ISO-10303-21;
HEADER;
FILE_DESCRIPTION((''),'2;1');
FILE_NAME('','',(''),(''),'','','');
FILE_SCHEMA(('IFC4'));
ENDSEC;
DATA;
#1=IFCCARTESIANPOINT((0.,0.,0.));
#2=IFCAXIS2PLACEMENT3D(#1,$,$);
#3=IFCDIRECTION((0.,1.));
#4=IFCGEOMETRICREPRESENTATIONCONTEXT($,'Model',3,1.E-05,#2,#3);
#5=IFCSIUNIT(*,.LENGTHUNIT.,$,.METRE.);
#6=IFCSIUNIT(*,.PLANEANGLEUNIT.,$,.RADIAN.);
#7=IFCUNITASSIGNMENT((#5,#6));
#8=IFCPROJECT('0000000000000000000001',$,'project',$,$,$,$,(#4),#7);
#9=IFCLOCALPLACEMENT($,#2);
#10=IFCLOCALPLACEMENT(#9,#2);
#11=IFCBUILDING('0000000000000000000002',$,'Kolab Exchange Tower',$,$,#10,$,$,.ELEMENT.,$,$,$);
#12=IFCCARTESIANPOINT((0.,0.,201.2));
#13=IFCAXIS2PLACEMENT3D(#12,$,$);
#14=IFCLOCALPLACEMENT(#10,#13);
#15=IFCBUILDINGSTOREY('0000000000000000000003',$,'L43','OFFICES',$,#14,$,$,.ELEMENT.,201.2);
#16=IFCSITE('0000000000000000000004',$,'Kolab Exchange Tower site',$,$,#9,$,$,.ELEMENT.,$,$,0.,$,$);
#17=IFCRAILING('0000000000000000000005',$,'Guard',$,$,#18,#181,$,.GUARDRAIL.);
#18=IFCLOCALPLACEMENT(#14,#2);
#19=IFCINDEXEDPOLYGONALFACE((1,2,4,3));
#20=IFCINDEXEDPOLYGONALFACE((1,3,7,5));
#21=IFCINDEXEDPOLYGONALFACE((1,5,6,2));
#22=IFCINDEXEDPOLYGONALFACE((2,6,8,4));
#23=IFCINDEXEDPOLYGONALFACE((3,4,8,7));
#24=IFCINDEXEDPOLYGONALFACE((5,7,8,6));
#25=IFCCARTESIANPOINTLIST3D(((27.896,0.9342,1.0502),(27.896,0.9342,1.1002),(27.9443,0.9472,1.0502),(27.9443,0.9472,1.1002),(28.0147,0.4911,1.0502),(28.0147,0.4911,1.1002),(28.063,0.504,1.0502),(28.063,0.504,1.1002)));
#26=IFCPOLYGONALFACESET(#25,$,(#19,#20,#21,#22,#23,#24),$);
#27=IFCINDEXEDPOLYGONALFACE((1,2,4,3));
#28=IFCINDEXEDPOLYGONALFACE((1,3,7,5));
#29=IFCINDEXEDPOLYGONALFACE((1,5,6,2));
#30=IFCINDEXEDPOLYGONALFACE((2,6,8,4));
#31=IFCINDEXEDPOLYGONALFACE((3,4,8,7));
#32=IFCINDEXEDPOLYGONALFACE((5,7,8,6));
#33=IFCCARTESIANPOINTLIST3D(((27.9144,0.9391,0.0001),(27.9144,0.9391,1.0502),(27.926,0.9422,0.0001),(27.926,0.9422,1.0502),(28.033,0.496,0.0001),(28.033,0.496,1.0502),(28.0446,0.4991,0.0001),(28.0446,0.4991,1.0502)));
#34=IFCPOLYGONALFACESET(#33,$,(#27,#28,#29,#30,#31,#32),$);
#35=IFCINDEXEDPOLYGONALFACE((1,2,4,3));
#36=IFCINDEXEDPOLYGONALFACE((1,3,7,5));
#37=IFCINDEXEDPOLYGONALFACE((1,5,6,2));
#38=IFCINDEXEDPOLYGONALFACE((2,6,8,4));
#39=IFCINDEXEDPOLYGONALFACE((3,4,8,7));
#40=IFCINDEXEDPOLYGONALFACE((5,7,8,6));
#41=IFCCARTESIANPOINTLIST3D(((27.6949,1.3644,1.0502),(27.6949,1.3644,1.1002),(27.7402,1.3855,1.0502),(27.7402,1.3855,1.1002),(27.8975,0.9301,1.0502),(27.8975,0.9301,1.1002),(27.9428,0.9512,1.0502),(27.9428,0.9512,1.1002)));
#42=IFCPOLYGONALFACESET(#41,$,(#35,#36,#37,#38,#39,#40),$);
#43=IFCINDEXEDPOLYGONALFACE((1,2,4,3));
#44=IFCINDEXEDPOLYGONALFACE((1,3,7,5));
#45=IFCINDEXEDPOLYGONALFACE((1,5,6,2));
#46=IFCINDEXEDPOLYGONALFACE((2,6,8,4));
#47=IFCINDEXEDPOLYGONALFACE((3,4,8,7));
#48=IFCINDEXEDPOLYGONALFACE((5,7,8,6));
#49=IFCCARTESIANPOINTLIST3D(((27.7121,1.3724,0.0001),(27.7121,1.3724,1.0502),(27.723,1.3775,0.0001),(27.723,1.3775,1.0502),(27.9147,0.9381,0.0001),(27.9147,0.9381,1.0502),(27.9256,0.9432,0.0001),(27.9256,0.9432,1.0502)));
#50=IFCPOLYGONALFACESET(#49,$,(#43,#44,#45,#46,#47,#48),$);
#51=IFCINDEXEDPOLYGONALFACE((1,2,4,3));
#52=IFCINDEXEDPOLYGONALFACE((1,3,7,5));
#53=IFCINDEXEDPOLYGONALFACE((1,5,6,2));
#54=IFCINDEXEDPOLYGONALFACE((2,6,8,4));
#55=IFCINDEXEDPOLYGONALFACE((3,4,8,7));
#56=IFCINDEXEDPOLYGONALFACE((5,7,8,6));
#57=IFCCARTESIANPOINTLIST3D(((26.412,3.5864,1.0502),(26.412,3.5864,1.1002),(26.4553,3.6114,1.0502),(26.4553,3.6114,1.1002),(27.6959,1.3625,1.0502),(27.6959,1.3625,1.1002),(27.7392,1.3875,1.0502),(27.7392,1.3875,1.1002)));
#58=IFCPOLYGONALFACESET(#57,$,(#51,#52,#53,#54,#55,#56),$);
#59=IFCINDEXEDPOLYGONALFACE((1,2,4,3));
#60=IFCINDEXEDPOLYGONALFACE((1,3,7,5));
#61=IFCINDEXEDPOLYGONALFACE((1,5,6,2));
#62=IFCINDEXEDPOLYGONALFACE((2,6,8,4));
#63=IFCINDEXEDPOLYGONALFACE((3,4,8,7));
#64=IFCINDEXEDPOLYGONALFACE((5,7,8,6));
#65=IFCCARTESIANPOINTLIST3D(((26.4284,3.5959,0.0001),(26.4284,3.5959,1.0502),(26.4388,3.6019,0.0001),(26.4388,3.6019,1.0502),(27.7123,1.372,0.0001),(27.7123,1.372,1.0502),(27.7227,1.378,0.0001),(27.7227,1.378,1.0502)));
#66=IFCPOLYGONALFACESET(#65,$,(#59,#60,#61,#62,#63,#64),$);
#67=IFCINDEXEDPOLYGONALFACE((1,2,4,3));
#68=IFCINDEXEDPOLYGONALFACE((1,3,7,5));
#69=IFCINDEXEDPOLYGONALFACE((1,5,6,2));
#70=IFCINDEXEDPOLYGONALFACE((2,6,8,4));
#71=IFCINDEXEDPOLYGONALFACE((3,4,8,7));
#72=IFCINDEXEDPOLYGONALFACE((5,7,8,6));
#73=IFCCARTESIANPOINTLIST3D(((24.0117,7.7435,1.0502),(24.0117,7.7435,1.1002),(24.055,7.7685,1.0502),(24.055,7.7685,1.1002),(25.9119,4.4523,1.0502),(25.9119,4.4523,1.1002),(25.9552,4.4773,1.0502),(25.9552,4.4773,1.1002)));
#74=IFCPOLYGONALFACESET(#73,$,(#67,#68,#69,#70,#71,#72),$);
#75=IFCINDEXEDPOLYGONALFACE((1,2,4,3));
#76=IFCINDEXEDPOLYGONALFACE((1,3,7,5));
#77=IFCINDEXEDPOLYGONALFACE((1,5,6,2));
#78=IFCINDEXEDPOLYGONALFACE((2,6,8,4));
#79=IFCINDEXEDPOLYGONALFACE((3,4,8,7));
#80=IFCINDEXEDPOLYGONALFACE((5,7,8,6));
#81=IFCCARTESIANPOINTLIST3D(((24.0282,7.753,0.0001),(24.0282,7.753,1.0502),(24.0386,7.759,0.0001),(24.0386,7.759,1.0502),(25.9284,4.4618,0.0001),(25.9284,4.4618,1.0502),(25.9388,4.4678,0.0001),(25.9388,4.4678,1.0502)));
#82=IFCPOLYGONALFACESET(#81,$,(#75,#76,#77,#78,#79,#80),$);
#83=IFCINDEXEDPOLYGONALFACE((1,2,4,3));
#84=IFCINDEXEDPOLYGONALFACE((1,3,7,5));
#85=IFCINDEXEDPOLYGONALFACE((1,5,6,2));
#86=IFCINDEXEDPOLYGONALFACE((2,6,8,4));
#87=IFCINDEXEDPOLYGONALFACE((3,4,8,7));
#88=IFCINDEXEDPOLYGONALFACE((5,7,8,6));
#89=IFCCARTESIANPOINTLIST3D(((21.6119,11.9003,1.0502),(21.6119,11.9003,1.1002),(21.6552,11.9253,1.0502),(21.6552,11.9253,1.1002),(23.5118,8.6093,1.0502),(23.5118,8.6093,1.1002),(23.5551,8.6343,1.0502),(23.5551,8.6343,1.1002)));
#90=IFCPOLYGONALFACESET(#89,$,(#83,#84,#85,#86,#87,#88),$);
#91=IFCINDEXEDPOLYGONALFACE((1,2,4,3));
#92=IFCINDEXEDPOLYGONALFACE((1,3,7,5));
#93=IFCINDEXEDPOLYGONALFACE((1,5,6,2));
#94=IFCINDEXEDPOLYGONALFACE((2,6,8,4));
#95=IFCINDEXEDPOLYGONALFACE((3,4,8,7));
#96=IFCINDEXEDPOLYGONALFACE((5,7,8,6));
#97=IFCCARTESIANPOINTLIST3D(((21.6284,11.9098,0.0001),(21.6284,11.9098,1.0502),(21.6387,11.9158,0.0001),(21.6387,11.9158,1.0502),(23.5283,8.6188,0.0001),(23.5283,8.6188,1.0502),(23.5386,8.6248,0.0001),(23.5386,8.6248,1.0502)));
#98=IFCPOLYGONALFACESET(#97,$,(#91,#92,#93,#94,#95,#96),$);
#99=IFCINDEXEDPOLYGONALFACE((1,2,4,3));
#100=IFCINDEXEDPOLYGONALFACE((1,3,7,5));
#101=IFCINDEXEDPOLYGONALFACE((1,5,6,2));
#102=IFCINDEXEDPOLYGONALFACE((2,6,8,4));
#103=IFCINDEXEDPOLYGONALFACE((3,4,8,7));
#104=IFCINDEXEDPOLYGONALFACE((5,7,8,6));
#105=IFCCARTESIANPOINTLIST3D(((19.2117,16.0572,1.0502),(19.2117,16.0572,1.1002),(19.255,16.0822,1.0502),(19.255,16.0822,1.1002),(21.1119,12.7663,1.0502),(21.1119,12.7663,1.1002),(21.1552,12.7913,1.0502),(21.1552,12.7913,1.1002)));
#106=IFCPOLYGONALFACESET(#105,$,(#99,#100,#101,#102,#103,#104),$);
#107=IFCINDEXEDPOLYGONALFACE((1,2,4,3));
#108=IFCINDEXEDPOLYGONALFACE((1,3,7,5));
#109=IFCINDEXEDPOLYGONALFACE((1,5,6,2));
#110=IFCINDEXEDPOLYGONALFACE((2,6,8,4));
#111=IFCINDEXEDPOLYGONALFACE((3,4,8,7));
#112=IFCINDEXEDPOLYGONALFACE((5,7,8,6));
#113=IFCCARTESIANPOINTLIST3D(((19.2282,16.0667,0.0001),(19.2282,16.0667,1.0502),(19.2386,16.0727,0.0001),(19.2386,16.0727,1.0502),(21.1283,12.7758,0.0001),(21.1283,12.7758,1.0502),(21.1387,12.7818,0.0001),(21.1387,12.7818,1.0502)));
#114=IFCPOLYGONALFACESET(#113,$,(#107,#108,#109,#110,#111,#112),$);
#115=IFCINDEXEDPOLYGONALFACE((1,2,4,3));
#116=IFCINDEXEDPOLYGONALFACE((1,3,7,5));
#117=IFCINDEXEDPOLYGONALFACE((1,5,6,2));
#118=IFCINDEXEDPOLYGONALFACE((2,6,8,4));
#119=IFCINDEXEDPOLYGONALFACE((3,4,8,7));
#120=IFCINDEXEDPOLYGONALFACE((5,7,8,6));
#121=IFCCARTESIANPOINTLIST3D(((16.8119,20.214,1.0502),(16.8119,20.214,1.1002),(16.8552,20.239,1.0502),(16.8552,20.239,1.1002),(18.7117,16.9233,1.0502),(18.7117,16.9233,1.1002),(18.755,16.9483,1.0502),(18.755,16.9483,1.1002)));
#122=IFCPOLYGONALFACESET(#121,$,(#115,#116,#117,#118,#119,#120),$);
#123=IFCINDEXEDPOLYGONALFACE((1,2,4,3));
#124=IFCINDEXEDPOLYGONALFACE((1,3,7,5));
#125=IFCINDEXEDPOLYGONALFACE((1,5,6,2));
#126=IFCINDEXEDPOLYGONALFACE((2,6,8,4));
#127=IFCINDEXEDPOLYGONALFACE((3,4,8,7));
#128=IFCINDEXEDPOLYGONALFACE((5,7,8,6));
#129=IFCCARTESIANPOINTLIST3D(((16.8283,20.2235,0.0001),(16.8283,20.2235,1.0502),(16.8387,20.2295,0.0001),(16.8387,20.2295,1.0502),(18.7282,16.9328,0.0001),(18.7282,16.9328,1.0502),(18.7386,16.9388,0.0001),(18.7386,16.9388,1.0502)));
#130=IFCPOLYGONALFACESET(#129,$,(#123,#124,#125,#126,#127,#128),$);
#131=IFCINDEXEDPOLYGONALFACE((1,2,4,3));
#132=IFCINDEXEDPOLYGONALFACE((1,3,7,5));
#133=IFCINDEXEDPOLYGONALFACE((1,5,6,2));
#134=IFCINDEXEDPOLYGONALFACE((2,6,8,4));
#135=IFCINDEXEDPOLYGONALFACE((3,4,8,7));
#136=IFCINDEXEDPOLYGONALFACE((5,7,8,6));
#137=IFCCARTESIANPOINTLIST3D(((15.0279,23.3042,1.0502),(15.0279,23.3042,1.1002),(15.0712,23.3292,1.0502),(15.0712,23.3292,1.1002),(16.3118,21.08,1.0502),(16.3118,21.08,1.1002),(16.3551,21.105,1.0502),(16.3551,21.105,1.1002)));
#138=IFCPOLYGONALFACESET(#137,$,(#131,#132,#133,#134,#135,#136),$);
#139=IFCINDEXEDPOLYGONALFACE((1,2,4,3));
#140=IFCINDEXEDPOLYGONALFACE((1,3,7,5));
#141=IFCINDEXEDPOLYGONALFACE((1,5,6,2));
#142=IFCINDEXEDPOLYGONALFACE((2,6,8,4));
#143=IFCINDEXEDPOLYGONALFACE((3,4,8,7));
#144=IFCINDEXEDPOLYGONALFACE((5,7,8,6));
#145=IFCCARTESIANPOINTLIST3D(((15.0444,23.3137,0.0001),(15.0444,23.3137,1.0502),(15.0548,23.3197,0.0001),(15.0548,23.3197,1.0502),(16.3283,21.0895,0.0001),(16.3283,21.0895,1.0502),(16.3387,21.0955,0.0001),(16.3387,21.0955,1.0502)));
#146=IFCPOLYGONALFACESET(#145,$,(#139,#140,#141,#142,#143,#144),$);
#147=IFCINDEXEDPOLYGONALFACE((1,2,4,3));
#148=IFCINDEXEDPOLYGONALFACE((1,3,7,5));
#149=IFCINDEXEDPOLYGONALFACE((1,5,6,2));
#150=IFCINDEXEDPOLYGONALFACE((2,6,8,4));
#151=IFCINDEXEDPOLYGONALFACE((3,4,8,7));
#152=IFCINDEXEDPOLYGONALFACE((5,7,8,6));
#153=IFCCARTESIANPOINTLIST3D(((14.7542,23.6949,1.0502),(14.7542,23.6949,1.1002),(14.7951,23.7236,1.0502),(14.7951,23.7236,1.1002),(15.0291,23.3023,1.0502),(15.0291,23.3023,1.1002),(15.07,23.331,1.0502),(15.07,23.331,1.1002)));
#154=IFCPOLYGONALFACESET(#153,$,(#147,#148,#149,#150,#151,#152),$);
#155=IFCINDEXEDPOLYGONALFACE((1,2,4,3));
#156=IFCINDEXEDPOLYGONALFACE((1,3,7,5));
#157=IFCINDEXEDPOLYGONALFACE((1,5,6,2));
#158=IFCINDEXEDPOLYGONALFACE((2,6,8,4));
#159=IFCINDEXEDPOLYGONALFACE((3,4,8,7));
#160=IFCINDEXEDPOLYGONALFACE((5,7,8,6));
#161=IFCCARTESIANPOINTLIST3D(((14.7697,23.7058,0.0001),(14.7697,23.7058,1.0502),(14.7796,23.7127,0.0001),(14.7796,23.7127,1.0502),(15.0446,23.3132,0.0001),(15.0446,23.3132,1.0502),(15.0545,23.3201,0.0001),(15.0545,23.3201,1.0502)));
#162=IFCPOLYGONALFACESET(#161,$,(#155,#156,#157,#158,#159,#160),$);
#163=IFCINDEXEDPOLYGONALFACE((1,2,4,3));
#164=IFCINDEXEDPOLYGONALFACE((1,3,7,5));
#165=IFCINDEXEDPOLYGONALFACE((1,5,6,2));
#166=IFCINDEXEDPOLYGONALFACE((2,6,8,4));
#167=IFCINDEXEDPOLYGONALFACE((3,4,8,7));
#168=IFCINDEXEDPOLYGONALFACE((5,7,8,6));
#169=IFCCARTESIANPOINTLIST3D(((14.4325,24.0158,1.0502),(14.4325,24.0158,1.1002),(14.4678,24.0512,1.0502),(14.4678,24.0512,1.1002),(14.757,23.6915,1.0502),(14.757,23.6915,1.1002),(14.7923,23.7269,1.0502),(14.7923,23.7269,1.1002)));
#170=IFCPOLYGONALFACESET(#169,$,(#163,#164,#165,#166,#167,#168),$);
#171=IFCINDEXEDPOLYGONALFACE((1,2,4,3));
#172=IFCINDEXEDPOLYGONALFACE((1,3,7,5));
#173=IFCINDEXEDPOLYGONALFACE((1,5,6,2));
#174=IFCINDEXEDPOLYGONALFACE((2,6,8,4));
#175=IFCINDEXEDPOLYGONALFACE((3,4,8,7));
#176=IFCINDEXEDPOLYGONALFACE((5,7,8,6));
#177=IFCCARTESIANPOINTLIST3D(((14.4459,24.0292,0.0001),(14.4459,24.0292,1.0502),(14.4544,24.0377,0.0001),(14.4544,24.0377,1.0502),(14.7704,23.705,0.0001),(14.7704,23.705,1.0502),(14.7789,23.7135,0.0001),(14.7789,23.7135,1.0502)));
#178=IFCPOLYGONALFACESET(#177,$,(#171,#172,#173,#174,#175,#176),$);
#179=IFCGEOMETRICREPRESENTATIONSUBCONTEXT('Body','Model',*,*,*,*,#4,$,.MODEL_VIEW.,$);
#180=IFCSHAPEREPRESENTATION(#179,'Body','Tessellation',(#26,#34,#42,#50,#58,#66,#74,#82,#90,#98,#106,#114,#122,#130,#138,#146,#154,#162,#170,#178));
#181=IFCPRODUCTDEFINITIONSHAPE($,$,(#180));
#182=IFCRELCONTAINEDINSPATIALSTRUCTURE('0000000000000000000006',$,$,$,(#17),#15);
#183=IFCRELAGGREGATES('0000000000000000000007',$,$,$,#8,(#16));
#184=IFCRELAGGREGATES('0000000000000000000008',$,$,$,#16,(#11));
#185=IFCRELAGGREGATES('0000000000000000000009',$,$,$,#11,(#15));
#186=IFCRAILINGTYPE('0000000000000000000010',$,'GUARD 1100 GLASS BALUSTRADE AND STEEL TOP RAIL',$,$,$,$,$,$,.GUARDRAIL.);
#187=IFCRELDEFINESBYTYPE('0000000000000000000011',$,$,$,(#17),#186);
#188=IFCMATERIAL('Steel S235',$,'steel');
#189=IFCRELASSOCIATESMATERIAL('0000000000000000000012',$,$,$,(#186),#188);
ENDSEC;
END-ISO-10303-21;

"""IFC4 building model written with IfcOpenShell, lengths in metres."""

from ifc_helpers import new_model, si_unit, direction, frame, frame_2d, origin, origin_2d, place, context, subcontext, project, spatial, rectangle, extrude, material, type_object, element, save


model = new_model("IFC4")

# Units and contexts
model_context = context("Model", 3, precision=1e-05, world=origin(), true_north=direction((0.0, 1.0)))
body_context = subcontext(model_context, "Body", "Model", "MODEL_VIEW")
ifc_project = project(units=[si_unit("LENGTHUNIT", "METRE"), si_unit("PLANEANGLEUNIT", "RADIAN")], contexts=[model_context])

# Site, building, storey
site_placement = place(None, origin())
site = spatial("IfcSite", under=ifc_project, at=site_placement, Name="Kolab Exchange Tower site", CompositionType="ELEMENT", RefElevation=0.0)
building_placement = place(site_placement, origin())
building = spatial("IfcBuilding", under=site, at=building_placement, Name="Kolab Exchange Tower", CompositionType="ELEMENT")
storey_placement = place(building_placement, frame((0.0, 0.0, 201.2)))
storey = spatial("IfcBuildingStorey", under=building, at=storey_placement, Name="L43", Description="OFFICES", CompositionType="ELEMENT", Elevation=201.2)

# Railing
ifc_material_1 = material(Name="Steel S235", Category="steel")
railing_type = type_object("IfcRailingType", Name="GUARD 1100 GLASS BALUSTRADE AND STEEL TOP RAIL", PredefinedType="GUARDRAIL", material=ifc_material_1)
railing_placement = place(storey_placement, frame((28.0388, 0.4976, 0.0)))
element("IfcRailing", 1, at=railing_placement, inside=storey, type_object=railing_type, Name="Guard", PredefinedType="GUARDRAIL", context=body_context, shape_type="SweptSolid", body=[
    extrude(rectangle(XDim=0.05, YDim=0.05, at=origin_2d()), frame((0.0, 0.0, 1.0752), z_axis=(-0.258656, 0.965969, 0.0), x_axis=(-0.965969, -0.258656, 0.0)), (0.0, 0.0, 1.0), 0.4587),
    extrude(rectangle(XDim=0.012, YDim=1.0501, at=frame_2d((0.0, 0.5251))), frame((0.0, 0.0, 0.0), z_axis=(-0.258656, 0.965969, 0.0), x_axis=(-0.965969, -0.258656, 0.0)), (0.0, 0.0, 1.0), 0.4587),
    extrude(rectangle(XDim=0.05, YDim=0.05, at=origin_2d()), frame((-0.1187, 0.4431, 1.0752), z_axis=(-0.422802, 0.906222, 0.0), x_axis=(-0.906222, -0.422802, 0.0)), (0.0, 0.0, 1.0), 0.4792),
    extrude(rectangle(XDim=0.012, YDim=1.0501, at=frame_2d((0.0, 0.5251))), frame((-0.1187, 0.4431, 0.0), z_axis=(-0.422802, 0.906222, 0.0), x_axis=(-0.906222, -0.422802, 0.0)), (0.0, 0.0, 1.0), 0.4792),
    extrude(rectangle(XDim=0.05, YDim=0.05, at=origin_2d()), frame((-0.3213, 0.8774, 1.0752), z_axis=(-0.499994, 0.866029, 0.0), x_axis=(-0.866029, -0.499994, 0.0)), (0.0, 0.0, 1.0), 2.5679),
    extrude(rectangle(XDim=0.012, YDim=1.0501, at=frame_2d((0.0, 0.5251))), frame((-0.3213, 0.8774, 0.0), z_axis=(-0.499994, 0.866029, 0.0), x_axis=(-0.866029, -0.499994, 0.0)), (0.0, 0.0, 1.0), 2.5679),
    extrude(rectangle(XDim=0.05, YDim=0.05, at=origin_2d()), frame((-2.1052, 3.9673, 1.0752), z_axis=(-0.500015, 0.866017, 0.0), x_axis=(-0.866017, -0.500015, 0.0)), (0.0, 0.0, 1.0), 3.8003),
    extrude(rectangle(XDim=0.012, YDim=1.0501, at=frame_2d((0.0, 0.5251))), frame((-2.1052, 3.9673, 0.0), z_axis=(-0.500015, 0.866017, 0.0), x_axis=(-0.866017, -0.500015, 0.0)), (0.0, 0.0, 1.0), 3.8003),
    extrude(rectangle(XDim=0.05, YDim=0.05, at=origin_2d()), frame((-4.5054, 8.1243, 1.0752), z_axis=(-0.499967, 0.866044, 0.0), x_axis=(-0.866044, -0.499967, 0.0)), (0.0, 0.0, 1.0), 3.8),
    extrude(rectangle(XDim=0.012, YDim=1.0501, at=frame_2d((0.0, 0.5251))), frame((-4.5054, 8.1243, 0.0), z_axis=(-0.499967, 0.866044, 0.0), x_axis=(-0.866044, -0.499967, 0.0)), (0.0, 0.0, 1.0), 3.8),
    extrude(rectangle(XDim=0.05, YDim=0.05, at=origin_2d()), frame((-6.9053, 12.2812, 1.0752), z_axis=(-0.500043, 0.866, 0.0), x_axis=(-0.866, -0.500043, 0.0)), (0.0, 0.0, 1.0), 3.8),
    extrude(rectangle(XDim=0.012, YDim=1.0501, at=frame_2d((0.0, 0.5251))), frame((-6.9053, 12.2812, 0.0), z_axis=(-0.500043, 0.866, 0.0), x_axis=(-0.866, -0.500043, 0.0)), (0.0, 0.0, 1.0), 3.8),
    extrude(rectangle(XDim=0.05, YDim=0.05, at=origin_2d()), frame((-9.3054, 16.4382, 1.0752), z_axis=(-0.499995, 0.866028, 0.0), x_axis=(-0.866028, -0.499995, 0.0)), (0.0, 0.0, 1.0), 3.7998),
    extrude(rectangle(XDim=0.012, YDim=1.0501, at=frame_2d((0.0, 0.5251))), frame((-9.3054, 16.4382, 0.0), z_axis=(-0.499995, 0.866028, 0.0), x_axis=(-0.866028, -0.499995, 0.0)), (0.0, 0.0, 1.0), 3.7998),
    extrude(rectangle(XDim=0.05, YDim=0.05, at=origin_2d()), frame((-11.7053, 20.595, 1.0752), z_axis=(-0.499953, 0.866053, 0.0), x_axis=(-0.866053, -0.499953, 0.0)), (0.0, 0.0, 1.0), 2.5681),
    extrude(rectangle(XDim=0.012, YDim=1.0501, at=frame_2d((0.0, 0.5251))), frame((-11.7053, 20.595, 0.0), z_axis=(-0.499953, 0.866053, 0.0), x_axis=(-0.866053, -0.499953, 0.0)), (0.0, 0.0, 1.0), 2.5681),
    extrude(rectangle(XDim=0.05, YDim=0.05, at=origin_2d()), frame((-12.9893, 22.8191, 1.0752), z_axis=(-0.573599, 0.819136, 0.0), x_axis=(-0.819136, -0.573599, 0.0)), (0.0, 0.0, 1.0), 0.4792),
    extrude(rectangle(XDim=0.012, YDim=1.0501, at=frame_2d((0.0, 0.5251))), frame((-12.9893, 22.8191, 0.0), z_axis=(-0.573599, 0.819136, 0.0), x_axis=(-0.819136, -0.573599, 0.0)), (0.0, 0.0, 1.0), 0.4792),
    extrude(rectangle(XDim=0.05, YDim=0.05, at=origin_2d()), frame((-13.2642, 23.2117, 1.0752), z_axis=(-0.707373, 0.706841, 0.0), x_axis=(-0.706841, -0.707373, 0.0)), (0.0, 0.0, 1.0), 0.4587),
    extrude(rectangle(XDim=0.012, YDim=1.0501, at=frame_2d((0.0, 0.5251))), frame((-13.2642, 23.2117, 0.0), z_axis=(-0.707373, 0.706841, 0.0), x_axis=(-0.706841, -0.707373, 0.0)), (0.0, 0.0, 1.0), 0.4587),
])

save(model, "model.ifc")
